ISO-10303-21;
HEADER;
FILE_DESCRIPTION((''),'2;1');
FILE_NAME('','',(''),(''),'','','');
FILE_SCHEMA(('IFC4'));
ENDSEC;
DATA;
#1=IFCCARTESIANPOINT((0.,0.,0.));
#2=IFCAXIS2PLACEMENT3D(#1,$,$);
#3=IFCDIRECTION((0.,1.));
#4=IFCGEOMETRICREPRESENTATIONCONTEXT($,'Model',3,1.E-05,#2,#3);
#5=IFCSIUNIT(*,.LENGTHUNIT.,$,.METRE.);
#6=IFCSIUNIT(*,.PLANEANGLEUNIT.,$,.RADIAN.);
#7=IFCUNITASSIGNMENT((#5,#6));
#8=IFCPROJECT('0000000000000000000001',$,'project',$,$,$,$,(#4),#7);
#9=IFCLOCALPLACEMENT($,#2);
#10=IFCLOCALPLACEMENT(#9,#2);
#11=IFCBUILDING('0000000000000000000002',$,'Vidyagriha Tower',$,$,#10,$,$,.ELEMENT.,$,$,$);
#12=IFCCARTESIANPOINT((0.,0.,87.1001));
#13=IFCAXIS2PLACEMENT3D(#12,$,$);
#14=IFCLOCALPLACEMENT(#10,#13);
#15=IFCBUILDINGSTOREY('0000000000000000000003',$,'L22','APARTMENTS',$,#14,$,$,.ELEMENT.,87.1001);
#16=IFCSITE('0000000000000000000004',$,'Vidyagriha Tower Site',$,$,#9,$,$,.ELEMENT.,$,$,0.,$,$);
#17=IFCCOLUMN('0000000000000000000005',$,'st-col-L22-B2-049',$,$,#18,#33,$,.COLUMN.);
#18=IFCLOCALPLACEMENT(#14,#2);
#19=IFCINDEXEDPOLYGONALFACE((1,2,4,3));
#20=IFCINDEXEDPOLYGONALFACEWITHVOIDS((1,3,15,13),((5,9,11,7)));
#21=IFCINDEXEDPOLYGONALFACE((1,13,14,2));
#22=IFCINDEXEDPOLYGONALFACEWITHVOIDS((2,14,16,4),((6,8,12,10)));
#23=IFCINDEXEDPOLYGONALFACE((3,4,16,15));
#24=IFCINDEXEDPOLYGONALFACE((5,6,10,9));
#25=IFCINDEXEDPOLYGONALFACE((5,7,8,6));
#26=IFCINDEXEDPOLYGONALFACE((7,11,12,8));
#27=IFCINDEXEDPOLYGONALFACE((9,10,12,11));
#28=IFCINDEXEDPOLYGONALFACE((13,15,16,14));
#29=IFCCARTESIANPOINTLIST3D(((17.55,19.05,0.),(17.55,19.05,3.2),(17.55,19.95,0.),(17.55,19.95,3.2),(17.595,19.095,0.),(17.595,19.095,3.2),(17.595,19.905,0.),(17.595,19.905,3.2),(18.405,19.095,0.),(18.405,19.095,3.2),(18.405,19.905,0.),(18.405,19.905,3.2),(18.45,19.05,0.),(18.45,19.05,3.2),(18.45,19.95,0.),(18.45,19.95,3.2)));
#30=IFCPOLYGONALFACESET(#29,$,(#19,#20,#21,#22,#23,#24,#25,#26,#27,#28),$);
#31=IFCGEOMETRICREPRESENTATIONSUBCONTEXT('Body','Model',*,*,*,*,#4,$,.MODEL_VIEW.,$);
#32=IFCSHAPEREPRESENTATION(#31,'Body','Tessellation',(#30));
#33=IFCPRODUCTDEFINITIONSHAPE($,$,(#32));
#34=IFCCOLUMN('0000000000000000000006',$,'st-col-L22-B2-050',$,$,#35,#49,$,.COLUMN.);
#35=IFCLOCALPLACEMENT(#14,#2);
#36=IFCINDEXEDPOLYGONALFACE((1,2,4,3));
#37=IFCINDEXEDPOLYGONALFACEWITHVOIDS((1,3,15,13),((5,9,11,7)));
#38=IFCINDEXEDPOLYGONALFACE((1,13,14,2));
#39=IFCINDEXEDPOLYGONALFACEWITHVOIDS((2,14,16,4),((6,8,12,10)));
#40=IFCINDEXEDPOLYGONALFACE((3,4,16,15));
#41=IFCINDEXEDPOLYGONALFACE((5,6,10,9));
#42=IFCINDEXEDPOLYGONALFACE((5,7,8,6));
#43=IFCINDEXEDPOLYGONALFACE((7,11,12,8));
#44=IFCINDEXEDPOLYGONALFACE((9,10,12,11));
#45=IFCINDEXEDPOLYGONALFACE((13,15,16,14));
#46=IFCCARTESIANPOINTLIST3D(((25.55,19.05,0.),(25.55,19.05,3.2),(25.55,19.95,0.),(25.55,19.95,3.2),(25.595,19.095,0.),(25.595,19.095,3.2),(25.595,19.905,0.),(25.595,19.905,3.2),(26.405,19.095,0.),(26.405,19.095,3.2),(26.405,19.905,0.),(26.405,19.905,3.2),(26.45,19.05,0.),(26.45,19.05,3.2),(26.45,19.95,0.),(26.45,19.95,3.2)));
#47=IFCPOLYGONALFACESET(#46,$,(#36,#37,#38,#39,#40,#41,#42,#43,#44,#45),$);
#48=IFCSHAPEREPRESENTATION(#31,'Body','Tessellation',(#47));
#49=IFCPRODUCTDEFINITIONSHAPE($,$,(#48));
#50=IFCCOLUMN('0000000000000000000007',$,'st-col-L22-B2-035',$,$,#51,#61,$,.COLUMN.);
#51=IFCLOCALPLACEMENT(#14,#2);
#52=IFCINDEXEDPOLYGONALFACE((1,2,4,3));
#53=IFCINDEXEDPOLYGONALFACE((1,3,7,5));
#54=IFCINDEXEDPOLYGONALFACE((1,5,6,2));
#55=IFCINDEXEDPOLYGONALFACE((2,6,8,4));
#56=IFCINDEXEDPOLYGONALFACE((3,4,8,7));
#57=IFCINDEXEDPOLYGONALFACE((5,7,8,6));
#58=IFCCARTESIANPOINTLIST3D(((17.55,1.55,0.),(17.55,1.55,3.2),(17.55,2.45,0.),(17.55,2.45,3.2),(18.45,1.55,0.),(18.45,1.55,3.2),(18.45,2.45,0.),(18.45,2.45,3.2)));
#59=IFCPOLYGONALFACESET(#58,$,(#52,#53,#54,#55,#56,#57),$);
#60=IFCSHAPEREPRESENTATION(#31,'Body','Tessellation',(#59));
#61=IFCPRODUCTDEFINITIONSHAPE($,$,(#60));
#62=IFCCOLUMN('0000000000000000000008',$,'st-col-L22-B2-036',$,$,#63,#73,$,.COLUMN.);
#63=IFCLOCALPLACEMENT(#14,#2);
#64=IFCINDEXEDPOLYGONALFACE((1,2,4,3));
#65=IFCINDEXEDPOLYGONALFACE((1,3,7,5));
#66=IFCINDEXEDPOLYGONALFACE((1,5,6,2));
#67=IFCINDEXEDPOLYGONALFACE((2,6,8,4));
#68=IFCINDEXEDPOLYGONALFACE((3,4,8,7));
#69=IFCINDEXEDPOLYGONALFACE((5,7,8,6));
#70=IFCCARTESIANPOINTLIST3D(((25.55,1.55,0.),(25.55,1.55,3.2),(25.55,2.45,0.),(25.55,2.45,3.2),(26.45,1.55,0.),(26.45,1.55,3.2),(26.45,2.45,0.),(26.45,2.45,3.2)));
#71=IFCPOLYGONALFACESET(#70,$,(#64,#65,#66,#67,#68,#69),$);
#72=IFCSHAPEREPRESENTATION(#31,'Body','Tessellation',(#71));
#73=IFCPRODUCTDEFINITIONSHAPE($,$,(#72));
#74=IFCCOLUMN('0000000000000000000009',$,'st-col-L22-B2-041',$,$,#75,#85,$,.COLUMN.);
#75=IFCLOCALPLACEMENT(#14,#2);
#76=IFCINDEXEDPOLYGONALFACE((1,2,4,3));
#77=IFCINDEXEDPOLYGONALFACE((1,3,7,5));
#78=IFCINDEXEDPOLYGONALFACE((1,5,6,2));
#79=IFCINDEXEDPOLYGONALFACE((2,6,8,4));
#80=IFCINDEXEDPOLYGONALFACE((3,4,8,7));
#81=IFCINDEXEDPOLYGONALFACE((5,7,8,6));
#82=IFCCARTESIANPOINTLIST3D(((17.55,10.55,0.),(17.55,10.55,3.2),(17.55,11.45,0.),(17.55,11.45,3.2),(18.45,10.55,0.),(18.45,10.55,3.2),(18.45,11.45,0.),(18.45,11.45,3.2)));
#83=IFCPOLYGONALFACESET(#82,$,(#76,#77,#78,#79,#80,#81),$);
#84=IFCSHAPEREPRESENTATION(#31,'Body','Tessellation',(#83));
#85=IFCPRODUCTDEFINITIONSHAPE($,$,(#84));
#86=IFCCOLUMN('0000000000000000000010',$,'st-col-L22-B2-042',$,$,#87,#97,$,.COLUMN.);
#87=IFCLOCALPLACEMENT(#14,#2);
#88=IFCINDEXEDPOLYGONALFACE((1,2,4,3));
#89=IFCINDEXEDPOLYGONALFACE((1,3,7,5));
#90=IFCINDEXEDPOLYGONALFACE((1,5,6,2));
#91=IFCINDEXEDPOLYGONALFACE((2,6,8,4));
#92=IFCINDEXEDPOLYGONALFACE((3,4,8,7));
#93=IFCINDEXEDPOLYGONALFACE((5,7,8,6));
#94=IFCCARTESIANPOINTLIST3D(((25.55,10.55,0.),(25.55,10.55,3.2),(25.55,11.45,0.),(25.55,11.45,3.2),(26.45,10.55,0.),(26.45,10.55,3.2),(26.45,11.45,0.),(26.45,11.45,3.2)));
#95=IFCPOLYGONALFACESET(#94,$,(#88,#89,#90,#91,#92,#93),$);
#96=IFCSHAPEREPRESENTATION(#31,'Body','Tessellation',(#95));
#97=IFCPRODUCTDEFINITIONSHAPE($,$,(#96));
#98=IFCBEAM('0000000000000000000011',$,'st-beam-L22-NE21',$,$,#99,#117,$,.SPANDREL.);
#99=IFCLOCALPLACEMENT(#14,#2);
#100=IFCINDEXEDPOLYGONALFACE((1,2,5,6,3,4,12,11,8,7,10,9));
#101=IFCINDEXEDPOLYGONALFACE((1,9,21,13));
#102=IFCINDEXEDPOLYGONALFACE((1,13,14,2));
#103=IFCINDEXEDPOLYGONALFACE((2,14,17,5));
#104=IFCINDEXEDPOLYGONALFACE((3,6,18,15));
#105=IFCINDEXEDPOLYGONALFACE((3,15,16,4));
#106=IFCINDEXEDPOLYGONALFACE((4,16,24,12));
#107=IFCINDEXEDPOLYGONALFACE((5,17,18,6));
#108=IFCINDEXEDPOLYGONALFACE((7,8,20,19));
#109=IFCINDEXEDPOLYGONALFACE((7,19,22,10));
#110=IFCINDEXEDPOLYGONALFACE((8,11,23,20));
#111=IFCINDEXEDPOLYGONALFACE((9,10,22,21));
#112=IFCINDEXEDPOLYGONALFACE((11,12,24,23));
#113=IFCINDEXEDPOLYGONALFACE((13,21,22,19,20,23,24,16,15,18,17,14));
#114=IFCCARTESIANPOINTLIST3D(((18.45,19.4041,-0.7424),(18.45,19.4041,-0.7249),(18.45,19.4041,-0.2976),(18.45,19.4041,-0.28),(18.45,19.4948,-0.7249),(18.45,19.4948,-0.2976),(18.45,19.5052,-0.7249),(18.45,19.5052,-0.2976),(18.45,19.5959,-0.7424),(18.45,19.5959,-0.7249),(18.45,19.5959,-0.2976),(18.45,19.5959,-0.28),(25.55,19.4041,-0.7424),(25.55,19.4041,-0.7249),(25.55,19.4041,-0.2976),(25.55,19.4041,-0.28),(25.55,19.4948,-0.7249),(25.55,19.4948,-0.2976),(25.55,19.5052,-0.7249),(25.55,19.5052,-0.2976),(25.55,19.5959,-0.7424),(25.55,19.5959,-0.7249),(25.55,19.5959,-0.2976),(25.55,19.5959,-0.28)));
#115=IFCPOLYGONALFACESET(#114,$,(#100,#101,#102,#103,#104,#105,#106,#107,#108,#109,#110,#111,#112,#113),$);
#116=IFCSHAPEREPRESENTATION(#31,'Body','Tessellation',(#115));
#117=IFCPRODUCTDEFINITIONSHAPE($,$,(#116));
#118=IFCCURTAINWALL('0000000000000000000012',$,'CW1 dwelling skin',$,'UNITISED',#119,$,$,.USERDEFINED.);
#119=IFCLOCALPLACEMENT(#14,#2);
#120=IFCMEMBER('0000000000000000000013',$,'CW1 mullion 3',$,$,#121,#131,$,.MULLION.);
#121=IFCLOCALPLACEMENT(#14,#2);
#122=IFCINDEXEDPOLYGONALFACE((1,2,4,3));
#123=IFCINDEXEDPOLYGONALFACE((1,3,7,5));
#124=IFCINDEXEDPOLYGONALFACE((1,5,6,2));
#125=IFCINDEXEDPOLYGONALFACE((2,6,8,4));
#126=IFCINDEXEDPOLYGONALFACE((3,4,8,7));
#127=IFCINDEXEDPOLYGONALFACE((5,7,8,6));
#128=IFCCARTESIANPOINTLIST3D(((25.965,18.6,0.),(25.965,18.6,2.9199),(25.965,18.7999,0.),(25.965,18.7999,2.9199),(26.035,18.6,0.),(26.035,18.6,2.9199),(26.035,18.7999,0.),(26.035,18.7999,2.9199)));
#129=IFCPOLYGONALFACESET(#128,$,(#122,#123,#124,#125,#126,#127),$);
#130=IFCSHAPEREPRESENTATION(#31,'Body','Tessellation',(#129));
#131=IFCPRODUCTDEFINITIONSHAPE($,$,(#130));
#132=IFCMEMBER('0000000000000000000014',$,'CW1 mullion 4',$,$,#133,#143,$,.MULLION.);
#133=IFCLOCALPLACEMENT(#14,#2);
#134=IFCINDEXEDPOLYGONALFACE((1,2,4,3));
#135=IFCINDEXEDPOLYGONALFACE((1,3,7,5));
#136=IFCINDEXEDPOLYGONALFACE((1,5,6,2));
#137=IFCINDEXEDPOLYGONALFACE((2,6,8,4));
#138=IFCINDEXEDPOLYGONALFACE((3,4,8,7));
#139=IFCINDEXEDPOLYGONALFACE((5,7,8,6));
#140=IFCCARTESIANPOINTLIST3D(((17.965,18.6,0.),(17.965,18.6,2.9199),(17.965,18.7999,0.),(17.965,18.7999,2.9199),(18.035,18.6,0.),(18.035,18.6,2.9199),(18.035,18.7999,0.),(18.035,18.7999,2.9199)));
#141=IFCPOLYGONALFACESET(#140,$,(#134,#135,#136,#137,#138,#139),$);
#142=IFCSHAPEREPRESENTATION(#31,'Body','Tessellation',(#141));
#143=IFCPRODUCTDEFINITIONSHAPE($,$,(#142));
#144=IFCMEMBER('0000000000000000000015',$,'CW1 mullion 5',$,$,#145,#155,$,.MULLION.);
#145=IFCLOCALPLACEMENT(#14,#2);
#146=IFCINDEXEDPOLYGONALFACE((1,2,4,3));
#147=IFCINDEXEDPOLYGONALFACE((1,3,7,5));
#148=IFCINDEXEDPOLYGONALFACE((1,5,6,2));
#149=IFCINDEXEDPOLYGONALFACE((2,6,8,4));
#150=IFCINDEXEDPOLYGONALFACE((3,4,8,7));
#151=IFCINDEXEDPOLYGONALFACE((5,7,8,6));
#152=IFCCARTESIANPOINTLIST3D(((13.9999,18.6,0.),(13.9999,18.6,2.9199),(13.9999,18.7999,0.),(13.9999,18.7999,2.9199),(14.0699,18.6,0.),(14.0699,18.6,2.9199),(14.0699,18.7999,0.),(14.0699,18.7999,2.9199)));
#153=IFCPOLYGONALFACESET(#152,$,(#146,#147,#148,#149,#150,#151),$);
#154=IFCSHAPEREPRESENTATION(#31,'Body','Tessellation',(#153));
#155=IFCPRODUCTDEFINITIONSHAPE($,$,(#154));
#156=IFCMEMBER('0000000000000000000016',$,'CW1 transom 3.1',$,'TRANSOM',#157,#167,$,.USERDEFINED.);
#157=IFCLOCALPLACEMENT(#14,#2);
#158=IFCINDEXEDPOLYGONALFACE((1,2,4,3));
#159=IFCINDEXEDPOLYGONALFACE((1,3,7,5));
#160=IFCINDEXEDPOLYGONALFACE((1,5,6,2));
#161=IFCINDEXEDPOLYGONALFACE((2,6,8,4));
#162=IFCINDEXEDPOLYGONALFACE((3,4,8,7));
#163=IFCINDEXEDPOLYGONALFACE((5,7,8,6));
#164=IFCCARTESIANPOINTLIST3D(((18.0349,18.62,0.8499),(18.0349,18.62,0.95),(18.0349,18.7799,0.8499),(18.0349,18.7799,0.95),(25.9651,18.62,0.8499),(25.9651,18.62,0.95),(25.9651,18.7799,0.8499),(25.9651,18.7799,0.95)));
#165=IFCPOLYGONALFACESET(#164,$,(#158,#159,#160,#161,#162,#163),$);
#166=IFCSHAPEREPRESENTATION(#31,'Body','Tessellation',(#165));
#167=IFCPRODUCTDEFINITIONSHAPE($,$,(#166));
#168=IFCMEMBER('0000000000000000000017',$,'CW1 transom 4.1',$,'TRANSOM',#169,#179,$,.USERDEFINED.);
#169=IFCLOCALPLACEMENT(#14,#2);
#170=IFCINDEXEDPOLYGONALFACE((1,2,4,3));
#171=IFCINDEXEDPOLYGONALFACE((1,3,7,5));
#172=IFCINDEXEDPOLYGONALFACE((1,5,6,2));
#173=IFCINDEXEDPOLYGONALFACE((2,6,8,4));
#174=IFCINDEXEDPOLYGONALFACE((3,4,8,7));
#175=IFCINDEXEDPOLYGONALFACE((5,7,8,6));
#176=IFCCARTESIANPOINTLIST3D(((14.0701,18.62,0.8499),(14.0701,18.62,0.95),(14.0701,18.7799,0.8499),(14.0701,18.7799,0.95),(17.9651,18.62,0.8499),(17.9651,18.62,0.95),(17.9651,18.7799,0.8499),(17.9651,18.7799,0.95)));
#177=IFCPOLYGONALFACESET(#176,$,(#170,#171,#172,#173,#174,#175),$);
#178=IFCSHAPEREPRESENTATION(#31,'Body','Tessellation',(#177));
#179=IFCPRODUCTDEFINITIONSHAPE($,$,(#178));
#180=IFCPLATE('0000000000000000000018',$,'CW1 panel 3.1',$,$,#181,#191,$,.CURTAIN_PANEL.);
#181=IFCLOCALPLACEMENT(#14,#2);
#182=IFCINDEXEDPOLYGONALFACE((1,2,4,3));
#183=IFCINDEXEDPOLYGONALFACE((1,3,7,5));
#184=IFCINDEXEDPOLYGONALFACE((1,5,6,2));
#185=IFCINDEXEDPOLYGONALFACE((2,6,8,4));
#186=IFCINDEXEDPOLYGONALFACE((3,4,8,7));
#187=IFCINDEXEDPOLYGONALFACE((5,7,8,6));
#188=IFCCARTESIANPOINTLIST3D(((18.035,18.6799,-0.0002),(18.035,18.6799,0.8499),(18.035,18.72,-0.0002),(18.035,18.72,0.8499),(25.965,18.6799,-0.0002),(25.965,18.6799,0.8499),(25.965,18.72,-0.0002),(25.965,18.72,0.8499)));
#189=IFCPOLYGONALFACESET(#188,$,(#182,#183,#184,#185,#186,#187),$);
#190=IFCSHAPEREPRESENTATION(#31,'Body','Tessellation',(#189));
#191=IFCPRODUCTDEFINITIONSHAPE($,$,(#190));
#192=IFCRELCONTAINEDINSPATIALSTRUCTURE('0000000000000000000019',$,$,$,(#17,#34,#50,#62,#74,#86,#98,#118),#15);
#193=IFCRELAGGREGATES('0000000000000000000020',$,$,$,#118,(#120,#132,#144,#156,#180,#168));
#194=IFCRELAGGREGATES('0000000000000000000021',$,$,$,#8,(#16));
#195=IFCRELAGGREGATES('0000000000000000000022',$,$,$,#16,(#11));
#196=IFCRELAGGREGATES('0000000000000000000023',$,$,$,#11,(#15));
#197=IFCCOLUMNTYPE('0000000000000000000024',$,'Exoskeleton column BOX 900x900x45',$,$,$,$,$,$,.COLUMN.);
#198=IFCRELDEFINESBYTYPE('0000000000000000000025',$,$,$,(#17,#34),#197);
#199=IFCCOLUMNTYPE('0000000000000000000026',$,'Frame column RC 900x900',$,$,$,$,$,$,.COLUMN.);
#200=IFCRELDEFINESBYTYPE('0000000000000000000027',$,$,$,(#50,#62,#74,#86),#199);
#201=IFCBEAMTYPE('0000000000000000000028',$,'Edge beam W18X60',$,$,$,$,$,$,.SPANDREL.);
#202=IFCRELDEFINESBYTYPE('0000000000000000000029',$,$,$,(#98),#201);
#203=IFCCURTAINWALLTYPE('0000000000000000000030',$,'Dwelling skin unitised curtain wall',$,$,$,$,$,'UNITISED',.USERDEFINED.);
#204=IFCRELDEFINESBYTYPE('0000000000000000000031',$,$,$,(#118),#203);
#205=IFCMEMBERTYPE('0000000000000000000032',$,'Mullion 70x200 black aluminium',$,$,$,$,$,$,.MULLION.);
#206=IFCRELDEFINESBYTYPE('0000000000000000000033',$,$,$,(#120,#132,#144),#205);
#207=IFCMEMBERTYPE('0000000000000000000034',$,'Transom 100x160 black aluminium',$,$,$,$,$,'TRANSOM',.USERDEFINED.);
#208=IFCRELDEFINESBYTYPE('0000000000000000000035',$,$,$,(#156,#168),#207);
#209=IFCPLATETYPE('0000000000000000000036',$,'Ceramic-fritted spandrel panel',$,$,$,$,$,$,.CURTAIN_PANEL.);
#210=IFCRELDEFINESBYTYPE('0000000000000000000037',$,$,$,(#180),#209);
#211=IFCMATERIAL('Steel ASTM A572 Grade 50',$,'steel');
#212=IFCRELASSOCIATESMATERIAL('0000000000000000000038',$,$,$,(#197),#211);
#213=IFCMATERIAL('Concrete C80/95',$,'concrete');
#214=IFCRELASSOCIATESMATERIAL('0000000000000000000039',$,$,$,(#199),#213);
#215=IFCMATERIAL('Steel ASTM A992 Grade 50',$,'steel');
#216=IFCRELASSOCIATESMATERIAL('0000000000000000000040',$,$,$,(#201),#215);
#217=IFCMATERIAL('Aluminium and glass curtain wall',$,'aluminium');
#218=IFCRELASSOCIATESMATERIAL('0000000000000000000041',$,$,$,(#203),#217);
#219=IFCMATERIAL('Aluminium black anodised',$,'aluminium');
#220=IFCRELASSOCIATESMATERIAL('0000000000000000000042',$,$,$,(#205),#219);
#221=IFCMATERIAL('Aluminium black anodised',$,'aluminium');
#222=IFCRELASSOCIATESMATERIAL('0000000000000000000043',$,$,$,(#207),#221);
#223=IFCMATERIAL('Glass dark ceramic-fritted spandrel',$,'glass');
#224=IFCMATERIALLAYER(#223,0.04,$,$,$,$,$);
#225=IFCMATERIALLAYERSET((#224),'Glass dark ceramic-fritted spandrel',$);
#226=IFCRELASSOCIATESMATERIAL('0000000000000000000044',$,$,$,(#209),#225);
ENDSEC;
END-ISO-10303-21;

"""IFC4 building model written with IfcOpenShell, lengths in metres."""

from ifc_helpers import new_model, si_unit, direction, frame, origin, origin_2d, place, context, subcontext, project, spatial, rectangle, hollow_rectangle, i_section, extrude, material, layer, layer_set, material_profile, profile_set, type_object, element, aggregate, save


model = new_model("IFC4")

# Units and contexts
model_context = context("Model", 3, precision=1e-05, world=origin(), true_north=direction((0.0, 1.0)))
body_context = subcontext(model_context, "Body", "Model", "MODEL_VIEW")
ifc_project = project(units=[si_unit("LENGTHUNIT", "METRE"), si_unit("PLANEANGLEUNIT", "RADIAN")], contexts=[model_context])

# Site, building, storey
site_placement = place(None, origin())
site = spatial("IfcSite", under=ifc_project, at=site_placement, Name="Vidyagriha Tower Site", CompositionType="ELEMENT", RefElevation=0.0)
building_placement = place(site_placement, origin())
building = spatial("IfcBuilding", under=site, at=building_placement, Name="Vidyagriha Tower", CompositionType="ELEMENT")
storey_placement = place(building_placement, frame((0.0, 0.0, 87.1001)))
storey = spatial("IfcBuildingStorey", under=building, at=storey_placement, Name="L22", Description="APARTMENTS", CompositionType="ELEMENT", Elevation=87.1001)

# Columns
ifc_material_1 = material(Name="Steel ASTM A572 Grade 50", Category="steel")
ifc_material_profile_1 = material_profile(ifc_material_1, hollow_rectangle(XDim=0.8999, YDim=0.8999, WallThickness=0.0449, at=origin_2d()), Name="BOX 900x900x45")
ifc_profile_set_1 = profile_set([ifc_material_profile_1], Name="Steel ASTM A572 Grade 50")
column_type_1 = type_object("IfcColumnType", Name="Exoskeleton column BOX 900x900x45", PredefinedType="COLUMN", material=ifc_profile_set_1)
for number, where, name in (
    (1, (18.0, 19.5, 0.0), "st-col-L22-B2-049"),
    (2, (26.0, 19.5, 0.0), "st-col-L22-B2-050"),
):
    element("IfcColumn", number, at=place(storey_placement, frame(where)), inside=storey, type_object=column_type_1, Name=name, PredefinedType="COLUMN", context=body_context, shape_type="SweptSolid", body=[
        extrude(hollow_rectangle(XDim=0.8999, YDim=0.8999, WallThickness=0.0449, at=origin_2d()), origin(), (0.0, 0.0, 1.0), 3.2),
    ])
ifc_material_2 = material(Name="Concrete C80/95", Category="concrete")
ifc_material_profile_2 = material_profile(ifc_material_2, rectangle(XDim=0.8999, YDim=0.8999, at=origin_2d()), Name="RC 900x900")
ifc_profile_set_2 = profile_set([ifc_material_profile_2], Name="Concrete C80/95")
column_type_2 = type_object("IfcColumnType", Name="Frame column RC 900x900", PredefinedType="COLUMN", material=ifc_profile_set_2)
for number, where, name in (
    (3, (18.0, 2.0, 0.0), "st-col-L22-B2-035"),
    (4, (26.0, 2.0, 0.0), "st-col-L22-B2-036"),
    (5, (18.0, 11.0, 0.0), "st-col-L22-B2-041"),
    (6, (26.0, 11.0, 0.0), "st-col-L22-B2-042"),
):
    element("IfcColumn", number, at=place(storey_placement, frame(where)), inside=storey, type_object=column_type_2, Name=name, PredefinedType="COLUMN", context=body_context, shape_type="SweptSolid", body=[
        extrude(rectangle(XDim=0.8999, YDim=0.8999, at=origin_2d()), origin(), (0.0, 0.0, 1.0), 3.2),
    ])

# Beam
ifc_material_3 = material(Name="Steel ASTM A992 Grade 50", Category="steel")
ifc_material_profile_3 = material_profile(ifc_material_3, i_section(OverallWidth=0.1919, OverallDepth=0.4624, WebThickness=0.0105, FlangeThickness=0.0176, at=origin_2d()), Name="W18X60")
ifc_profile_set_3 = profile_set([ifc_material_profile_3], Name="Steel ASTM A992 Grade 50")
beam_type = type_object("IfcBeamType", Name="Edge beam W18X60", PredefinedType="SPANDREL", material=ifc_profile_set_3)
beam_placement = place(storey_placement, frame((18.45, 19.5, -0.5112), z_axis=(1.0, 0.0, 0.0), x_axis=(0.0, 1.0, 0.0)))
element("IfcBeam", 7, at=beam_placement, inside=storey, type_object=beam_type, Name="st-beam-L22-NE21", PredefinedType="SPANDREL", context=body_context, shape_type="SweptSolid", body=[
    extrude(i_section(OverallWidth=0.1919, OverallDepth=0.4624, WebThickness=0.0105, FlangeThickness=0.0176, at=origin_2d()), origin(), (0.0, 0.0, 1.0), 7.1001),
])

# Curtain wall, members, plate
ifc_material_4 = material(Name="Aluminium and glass curtain wall", Category="aluminium")
curtain_wall_type = type_object("IfcCurtainWallType", Name="Dwelling skin unitised curtain wall", ElementType="UNITISED", PredefinedType="USERDEFINED", material=ifc_material_4)
curtain_wall_placement = place(storey_placement, origin())
curtain_wall = element("IfcCurtainWall", 8, at=curtain_wall_placement, inside=storey, type_object=curtain_wall_type, Name="CW1 dwelling skin", ObjectType="UNITISED", PredefinedType="USERDEFINED")
ifc_material_5 = material(Name="Aluminium black anodised", Category="aluminium")
ifc_material_profile_4 = material_profile(ifc_material_5, rectangle(XDim=0.2, YDim=0.0701, at=origin_2d()), Name="Mullion 70x200 black aluminium")
ifc_profile_set_4 = profile_set([ifc_material_profile_4], Name="Aluminium black anodised")
member_type_1 = type_object("IfcMemberType", Name="Mullion 70x200 black aluminium", PredefinedType="MULLION", material=ifc_profile_set_4)
member_1_placement = place(storey_placement, frame((26.0, 18.7, 0.0), z_axis=(0.0, 0.0, 1.0), x_axis=(0.0, -1.0, 0.0)))
member_1 = element("IfcMember", 9, at=member_1_placement, type_object=member_type_1, Name="CW1 mullion 3", PredefinedType="MULLION", context=body_context, shape_type="SweptSolid", body=[
    extrude(rectangle(XDim=0.2, YDim=0.0701, at=origin_2d()), origin(), (0.0, 0.0, 1.0), 2.9199),
])
member_2_placement = place(storey_placement, frame((18.0, 18.7, 0.0), z_axis=(0.0, 0.0, 1.0), x_axis=(0.0, -1.0, 0.0)))
member_2 = element("IfcMember", 10, at=member_2_placement, type_object=member_type_1, Name="CW1 mullion 4", PredefinedType="MULLION", context=body_context, shape_type="SweptSolid", body=[
    extrude(rectangle(XDim=0.2, YDim=0.0701, at=origin_2d()), origin(), (0.0, 0.0, 1.0), 2.9199),
])
member_3_placement = place(storey_placement, frame((14.0349, 18.7, 0.0), z_axis=(0.0, 0.0, 1.0), x_axis=(0.0, -1.0, 0.0)))
member_3 = element("IfcMember", 11, at=member_3_placement, type_object=member_type_1, Name="CW1 mullion 5", PredefinedType="MULLION", context=body_context, shape_type="SweptSolid", body=[
    extrude(rectangle(XDim=0.2, YDim=0.0701, at=origin_2d()), origin(), (0.0, 0.0, 1.0), 2.9199),
])
ifc_material_6 = material(Name="Aluminium black anodised", Category="aluminium")
ifc_material_profile_5 = material_profile(ifc_material_6, rectangle(XDim=0.1599, YDim=0.1001, at=origin_2d()), Name="Transom 100x160 black aluminium")
ifc_profile_set_5 = profile_set([ifc_material_profile_5], Name="Aluminium black anodised")
member_type_2 = type_object("IfcMemberType", Name="Transom 100x160 black aluminium", ElementType="TRANSOM", PredefinedType="USERDEFINED", material=ifc_profile_set_5)
member_4_placement = place(storey_placement, frame((25.9651, 18.7, 0.8999), z_axis=(-1.0, 0.0, 0.0), x_axis=(0.0, -1.0, 0.0)))
member_4 = element("IfcMember", 12, at=member_4_placement, type_object=member_type_2, Name="CW1 transom 3.1", ObjectType="TRANSOM", PredefinedType="USERDEFINED", context=body_context, shape_type="SweptSolid", body=[
    extrude(rectangle(XDim=0.1599, YDim=0.1001, at=origin_2d()), origin(), (0.0, 0.0, 1.0), 7.9302),
])
member_5_placement = place(storey_placement, frame((17.9651, 18.7, 0.8999), z_axis=(-1.0, 0.0, 0.0), x_axis=(0.0, -1.0, 0.0)))
member_5 = element("IfcMember", 13, at=member_5_placement, type_object=member_type_2, Name="CW1 transom 4.1", ObjectType="TRANSOM", PredefinedType="USERDEFINED", context=body_context, shape_type="SweptSolid", body=[
    extrude(rectangle(XDim=0.1599, YDim=0.1001, at=origin_2d()), origin(), (0.0, 0.0, 1.0), 3.895),
])
ifc_material_7 = material(Name="Glass dark ceramic-fritted spandrel", Category="glass")
ifc_layer_1 = layer(ifc_material_7, 0.04)
ifc_layer_set_1 = layer_set([ifc_layer_1], Name="Glass dark ceramic-fritted spandrel")
plate_type_1 = type_object("IfcPlateType", Name="Ceramic-fritted spandrel panel", PredefinedType="CURTAIN_PANEL", material=ifc_layer_set_1)
plate_1_placement = place(storey_placement, frame((22.0, 18.7, -0.0002), z_axis=(0.0, 0.0, 1.0), x_axis=(-1.0, 0.0, 0.0)))
plate_1 = element("IfcPlate", 14, at=plate_1_placement, type_object=plate_type_1, Name="CW1 panel 3.1", PredefinedType="CURTAIN_PANEL", context=body_context, shape_type="SweptSolid", body=[
    extrude(rectangle(XDim=7.9299, YDim=0.04, at=origin_2d()), origin(), (0.0, 0.0, 1.0), 0.8501),
])
aggregate(curtain_wall, [member_1, member_2, member_3, member_4, plate_1, member_5])

save(model, "model.ifc")
